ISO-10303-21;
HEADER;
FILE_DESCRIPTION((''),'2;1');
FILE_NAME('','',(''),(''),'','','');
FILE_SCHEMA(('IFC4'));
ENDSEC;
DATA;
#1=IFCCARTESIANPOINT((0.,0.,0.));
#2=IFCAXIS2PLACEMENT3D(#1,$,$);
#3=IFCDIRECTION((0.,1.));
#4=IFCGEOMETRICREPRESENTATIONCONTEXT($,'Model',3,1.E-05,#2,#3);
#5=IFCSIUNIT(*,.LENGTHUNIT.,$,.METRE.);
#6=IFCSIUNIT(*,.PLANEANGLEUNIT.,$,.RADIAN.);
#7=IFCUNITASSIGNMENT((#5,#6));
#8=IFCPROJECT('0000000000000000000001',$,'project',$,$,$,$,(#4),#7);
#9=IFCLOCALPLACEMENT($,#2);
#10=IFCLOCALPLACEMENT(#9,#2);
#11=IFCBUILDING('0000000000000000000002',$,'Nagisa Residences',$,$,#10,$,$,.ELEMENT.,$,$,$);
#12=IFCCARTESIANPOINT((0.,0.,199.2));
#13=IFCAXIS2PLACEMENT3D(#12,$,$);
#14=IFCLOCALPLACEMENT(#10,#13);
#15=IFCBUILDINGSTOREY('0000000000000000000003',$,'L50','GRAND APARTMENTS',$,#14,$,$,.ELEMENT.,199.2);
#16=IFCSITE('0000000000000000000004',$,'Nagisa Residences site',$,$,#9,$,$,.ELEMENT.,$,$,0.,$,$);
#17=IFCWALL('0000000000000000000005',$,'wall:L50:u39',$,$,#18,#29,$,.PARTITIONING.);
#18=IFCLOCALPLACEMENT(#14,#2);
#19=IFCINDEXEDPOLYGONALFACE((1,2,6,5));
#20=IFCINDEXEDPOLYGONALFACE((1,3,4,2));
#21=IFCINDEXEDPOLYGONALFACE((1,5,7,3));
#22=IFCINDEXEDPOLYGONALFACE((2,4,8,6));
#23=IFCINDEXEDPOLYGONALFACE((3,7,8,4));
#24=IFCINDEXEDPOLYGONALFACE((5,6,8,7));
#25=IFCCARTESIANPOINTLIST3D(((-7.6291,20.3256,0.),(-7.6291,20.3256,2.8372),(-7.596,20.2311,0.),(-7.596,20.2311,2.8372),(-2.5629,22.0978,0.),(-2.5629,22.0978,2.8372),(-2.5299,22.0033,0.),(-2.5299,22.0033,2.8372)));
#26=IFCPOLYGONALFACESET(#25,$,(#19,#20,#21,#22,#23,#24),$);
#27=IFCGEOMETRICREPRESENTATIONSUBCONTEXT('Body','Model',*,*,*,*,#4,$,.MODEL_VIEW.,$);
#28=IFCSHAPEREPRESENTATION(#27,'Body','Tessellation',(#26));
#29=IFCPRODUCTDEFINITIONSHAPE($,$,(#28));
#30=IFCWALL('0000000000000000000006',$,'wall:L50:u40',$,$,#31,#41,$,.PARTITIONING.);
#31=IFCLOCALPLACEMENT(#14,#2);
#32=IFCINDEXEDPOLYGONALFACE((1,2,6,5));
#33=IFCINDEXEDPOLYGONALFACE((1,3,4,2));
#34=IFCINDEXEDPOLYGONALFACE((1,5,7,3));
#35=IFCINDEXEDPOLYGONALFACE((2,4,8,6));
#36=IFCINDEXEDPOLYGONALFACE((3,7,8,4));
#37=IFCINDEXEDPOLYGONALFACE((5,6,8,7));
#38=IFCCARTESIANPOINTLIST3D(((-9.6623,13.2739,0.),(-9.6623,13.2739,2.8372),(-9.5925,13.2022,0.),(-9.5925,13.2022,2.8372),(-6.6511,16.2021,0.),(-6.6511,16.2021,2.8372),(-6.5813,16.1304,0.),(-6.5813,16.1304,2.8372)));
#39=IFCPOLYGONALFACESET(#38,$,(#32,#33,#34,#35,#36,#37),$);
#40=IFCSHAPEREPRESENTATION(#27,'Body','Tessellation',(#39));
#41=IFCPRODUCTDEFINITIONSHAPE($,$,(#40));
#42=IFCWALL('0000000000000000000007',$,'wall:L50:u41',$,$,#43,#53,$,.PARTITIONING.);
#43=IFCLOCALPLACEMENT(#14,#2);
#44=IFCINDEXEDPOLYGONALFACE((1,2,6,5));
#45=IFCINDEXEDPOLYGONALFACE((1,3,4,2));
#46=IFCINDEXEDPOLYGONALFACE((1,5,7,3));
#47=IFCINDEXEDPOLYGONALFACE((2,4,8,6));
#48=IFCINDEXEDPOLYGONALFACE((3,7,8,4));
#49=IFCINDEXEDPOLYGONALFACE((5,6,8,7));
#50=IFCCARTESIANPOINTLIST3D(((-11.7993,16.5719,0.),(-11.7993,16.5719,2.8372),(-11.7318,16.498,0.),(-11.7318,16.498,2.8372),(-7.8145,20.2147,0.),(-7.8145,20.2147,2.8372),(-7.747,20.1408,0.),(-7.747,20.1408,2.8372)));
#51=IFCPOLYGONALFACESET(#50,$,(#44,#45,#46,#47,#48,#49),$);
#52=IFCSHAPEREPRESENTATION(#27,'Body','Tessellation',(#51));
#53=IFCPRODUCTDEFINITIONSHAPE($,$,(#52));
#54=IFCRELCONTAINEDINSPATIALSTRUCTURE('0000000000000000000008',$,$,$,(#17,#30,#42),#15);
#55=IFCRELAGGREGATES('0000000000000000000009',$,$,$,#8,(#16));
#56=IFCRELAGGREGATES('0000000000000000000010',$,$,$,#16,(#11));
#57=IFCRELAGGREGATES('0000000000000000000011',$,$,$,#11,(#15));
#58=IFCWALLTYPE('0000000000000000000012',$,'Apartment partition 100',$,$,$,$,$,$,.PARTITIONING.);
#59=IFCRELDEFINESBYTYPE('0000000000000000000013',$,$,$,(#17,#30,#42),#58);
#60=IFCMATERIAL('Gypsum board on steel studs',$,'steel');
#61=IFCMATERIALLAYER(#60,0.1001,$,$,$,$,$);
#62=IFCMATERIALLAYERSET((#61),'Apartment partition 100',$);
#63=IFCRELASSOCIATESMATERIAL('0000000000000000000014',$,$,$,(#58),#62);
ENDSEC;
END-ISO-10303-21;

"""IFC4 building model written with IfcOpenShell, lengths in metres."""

from ifc_helpers import new_model, si_unit, direction, frame, frame_2d, origin, place, context, subcontext, project, spatial, rectangle, extrude, material, layer, layer_set, type_object, element, save


model = new_model("IFC4")

# Units and contexts
model_context = context("Model", 3, precision=1e-05, world=origin(), true_north=direction((0.0, 1.0)))
body_context = subcontext(model_context, "Body", "Model", "MODEL_VIEW")
ifc_project = project(units=[si_unit("LENGTHUNIT", "METRE"), si_unit("PLANEANGLEUNIT", "RADIAN")], contexts=[model_context])

# Site, building, storey
site_placement = place(None, origin())
site = spatial("IfcSite", under=ifc_project, at=site_placement, Name="Nagisa Residences site", CompositionType="ELEMENT", RefElevation=0.0)
building_placement = place(site_placement, origin())
building = spatial("IfcBuilding", under=site, at=building_placement, Name="Nagisa Residences", CompositionType="ELEMENT")
storey_placement = place(building_placement, frame((0.0, 0.0, 199.2)))
storey = spatial("IfcBuildingStorey", under=building, at=storey_placement, Name="L50", Description="GRAND APARTMENTS", CompositionType="ELEMENT", Elevation=199.2)

# Shared definitions
ifc_material_1 = material(Name="Gypsum board on steel studs", Category="steel")
ifc_layer_1 = layer(ifc_material_1, 0.1001)
ifc_layer_set_1 = layer_set([ifc_layer_1], Name="Apartment partition 100")
wall_type_1 = type_object("IfcWallType", Name="Apartment partition 100", PredefinedType="PARTITIONING", material=ifc_layer_set_1)

# Walls
wall_1_placement = place(storey_placement, frame((-2.5464, 22.0505, 0.0), z_axis=(0.0, 0.0, 1.0), x_axis=(-0.943913, -0.330194, 0.0)))
element("IfcWall", 1, at=wall_1_placement, inside=storey, type_object=wall_type_1, Name="wall:L50:u39", PredefinedType="PARTITIONING", context=body_context, shape_type="SweptSolid", body=[
    extrude(rectangle(XDim=5.3672, YDim=0.1001, at=frame_2d((2.6836, 0.0))), origin(), (0.0, 0.0, 1.0), 2.8372),
])
wall_2_placement = place(storey_placement, frame((-6.6162, 16.1663, 0.0), z_axis=(0.0, 0.0, 1.0), x_axis=(-0.716919, -0.697156, 0.0)))
element("IfcWall", 2, at=wall_2_placement, inside=storey, type_object=wall_type_1, Name="wall:L50:u40", PredefinedType="PARTITIONING", context=body_context, shape_type="SweptSolid", body=[
    extrude(rectangle(XDim=4.2002, YDim=0.1001, at=frame_2d((2.1001, 0.0))), origin(), (0.0, 0.0, 1.0), 2.8372),
])
wall_3_placement = place(storey_placement, frame((-7.7808, 20.1777, 0.0), z_axis=(0.0, 0.0, 1.0), x_axis=(-0.738073, -0.674721, 0.0)))
element("IfcWall", 3, at=wall_3_placement, inside=storey, type_object=wall_type_1, Name="wall:L50:u41", PredefinedType="PARTITIONING", context=body_context, shape_type="SweptSolid", body=[
    extrude(rectangle(XDim=5.3989, YDim=0.1001, at=frame_2d((2.6995, 0.0))), origin(), (0.0, 0.0, 1.0), 2.8372),
])

save(model, "model.ifc")
